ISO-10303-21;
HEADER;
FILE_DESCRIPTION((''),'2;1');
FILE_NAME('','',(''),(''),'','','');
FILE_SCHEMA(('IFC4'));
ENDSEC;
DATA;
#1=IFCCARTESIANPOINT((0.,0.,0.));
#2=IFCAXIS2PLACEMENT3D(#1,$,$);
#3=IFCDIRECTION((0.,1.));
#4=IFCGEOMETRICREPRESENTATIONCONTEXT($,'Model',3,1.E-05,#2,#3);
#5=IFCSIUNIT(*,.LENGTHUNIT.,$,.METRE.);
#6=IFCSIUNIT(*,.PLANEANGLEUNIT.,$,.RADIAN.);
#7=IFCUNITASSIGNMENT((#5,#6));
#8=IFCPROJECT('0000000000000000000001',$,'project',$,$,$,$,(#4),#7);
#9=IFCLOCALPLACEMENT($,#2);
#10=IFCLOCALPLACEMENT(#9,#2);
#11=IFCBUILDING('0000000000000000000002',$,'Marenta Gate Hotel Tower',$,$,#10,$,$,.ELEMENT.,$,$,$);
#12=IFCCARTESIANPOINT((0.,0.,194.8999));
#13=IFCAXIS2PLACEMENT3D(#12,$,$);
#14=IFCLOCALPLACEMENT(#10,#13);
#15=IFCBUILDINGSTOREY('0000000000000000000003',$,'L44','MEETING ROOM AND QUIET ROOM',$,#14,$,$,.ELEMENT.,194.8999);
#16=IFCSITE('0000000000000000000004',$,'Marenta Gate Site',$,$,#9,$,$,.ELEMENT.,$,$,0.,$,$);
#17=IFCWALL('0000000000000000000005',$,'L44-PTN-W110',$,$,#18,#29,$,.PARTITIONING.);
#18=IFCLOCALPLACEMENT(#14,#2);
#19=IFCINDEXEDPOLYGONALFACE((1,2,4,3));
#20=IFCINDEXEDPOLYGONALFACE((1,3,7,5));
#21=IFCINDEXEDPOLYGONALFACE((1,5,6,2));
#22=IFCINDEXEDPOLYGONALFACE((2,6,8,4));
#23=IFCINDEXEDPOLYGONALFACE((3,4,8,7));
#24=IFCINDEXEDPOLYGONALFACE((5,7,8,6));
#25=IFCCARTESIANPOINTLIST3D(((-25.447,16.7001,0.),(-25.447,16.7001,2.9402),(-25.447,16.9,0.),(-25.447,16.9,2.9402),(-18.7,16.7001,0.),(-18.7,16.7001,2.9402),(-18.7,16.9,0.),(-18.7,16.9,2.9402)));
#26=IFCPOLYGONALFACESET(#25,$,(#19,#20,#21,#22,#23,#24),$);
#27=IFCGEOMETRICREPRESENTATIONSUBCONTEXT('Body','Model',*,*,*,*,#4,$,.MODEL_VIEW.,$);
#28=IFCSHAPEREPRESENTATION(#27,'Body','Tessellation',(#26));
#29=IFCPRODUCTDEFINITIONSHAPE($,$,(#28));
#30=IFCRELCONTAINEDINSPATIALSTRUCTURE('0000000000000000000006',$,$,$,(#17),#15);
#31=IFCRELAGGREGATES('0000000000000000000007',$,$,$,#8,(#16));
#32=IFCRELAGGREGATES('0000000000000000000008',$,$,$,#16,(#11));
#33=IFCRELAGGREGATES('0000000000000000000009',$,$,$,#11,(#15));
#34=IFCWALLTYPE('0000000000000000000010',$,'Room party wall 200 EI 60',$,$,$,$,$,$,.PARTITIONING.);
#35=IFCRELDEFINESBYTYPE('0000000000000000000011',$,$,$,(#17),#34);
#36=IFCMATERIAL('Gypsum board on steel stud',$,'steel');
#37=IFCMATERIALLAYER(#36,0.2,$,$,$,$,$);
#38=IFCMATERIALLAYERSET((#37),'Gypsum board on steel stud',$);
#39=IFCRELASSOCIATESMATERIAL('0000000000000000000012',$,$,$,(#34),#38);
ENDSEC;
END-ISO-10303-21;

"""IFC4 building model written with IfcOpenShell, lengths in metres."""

from ifc_helpers import new_model, si_unit, direction, frame, frame_2d, origin, place, context, subcontext, project, spatial, rectangle, extrude, material, layer, layer_set, type_object, element, save


model = new_model("IFC4")

# Units and contexts
model_context = context("Model", 3, precision=1e-05, world=origin(), true_north=direction((0.0, 1.0)))
body_context = subcontext(model_context, "Body", "Model", "MODEL_VIEW")
ifc_project = project(units=[si_unit("LENGTHUNIT", "METRE"), si_unit("PLANEANGLEUNIT", "RADIAN")], contexts=[model_context])

# Site, building, storey
site_placement = place(None, origin())
site = spatial("IfcSite", under=ifc_project, at=site_placement, Name="Marenta Gate Site", CompositionType="ELEMENT", RefElevation=0.0)
building_placement = place(site_placement, origin())
building = spatial("IfcBuilding", under=site, at=building_placement, Name="Marenta Gate Hotel Tower", CompositionType="ELEMENT")
storey_placement = place(building_placement, frame((0.0, 0.0, 194.8999)))
storey = spatial("IfcBuildingStorey", under=building, at=storey_placement, Name="L44", Description="MEETING ROOM AND QUIET ROOM", CompositionType="ELEMENT", Elevation=194.8999)

# Wall
ifc_material_1 = material(Name="Gypsum board on steel stud", Category="steel")
ifc_layer_1 = layer(ifc_material_1, 0.2)
ifc_layer_set_1 = layer_set([ifc_layer_1], Name="Gypsum board on steel stud")
wall_type_1 = type_object("IfcWallType", Name="Room party wall 200 EI 60", PredefinedType="PARTITIONING", material=ifc_layer_set_1)
wall_1_placement = place(storey_placement, frame((-25.447, 16.8, 0.0), z_axis=(0.0, 0.0, 1.0), x_axis=(1.0, 0.0, 0.0)))
element("IfcWall", 1, at=wall_1_placement, inside=storey, type_object=wall_type_1, Name="L44-PTN-W110", PredefinedType="PARTITIONING", context=body_context, shape_type="SweptSolid", body=[
    extrude(rectangle(XDim=6.7471, YDim=0.2, at=frame_2d((3.3735, 0.0))), origin(), (0.0, 0.0, 1.0), 2.9402),
])

save(model, "model.ifc")
